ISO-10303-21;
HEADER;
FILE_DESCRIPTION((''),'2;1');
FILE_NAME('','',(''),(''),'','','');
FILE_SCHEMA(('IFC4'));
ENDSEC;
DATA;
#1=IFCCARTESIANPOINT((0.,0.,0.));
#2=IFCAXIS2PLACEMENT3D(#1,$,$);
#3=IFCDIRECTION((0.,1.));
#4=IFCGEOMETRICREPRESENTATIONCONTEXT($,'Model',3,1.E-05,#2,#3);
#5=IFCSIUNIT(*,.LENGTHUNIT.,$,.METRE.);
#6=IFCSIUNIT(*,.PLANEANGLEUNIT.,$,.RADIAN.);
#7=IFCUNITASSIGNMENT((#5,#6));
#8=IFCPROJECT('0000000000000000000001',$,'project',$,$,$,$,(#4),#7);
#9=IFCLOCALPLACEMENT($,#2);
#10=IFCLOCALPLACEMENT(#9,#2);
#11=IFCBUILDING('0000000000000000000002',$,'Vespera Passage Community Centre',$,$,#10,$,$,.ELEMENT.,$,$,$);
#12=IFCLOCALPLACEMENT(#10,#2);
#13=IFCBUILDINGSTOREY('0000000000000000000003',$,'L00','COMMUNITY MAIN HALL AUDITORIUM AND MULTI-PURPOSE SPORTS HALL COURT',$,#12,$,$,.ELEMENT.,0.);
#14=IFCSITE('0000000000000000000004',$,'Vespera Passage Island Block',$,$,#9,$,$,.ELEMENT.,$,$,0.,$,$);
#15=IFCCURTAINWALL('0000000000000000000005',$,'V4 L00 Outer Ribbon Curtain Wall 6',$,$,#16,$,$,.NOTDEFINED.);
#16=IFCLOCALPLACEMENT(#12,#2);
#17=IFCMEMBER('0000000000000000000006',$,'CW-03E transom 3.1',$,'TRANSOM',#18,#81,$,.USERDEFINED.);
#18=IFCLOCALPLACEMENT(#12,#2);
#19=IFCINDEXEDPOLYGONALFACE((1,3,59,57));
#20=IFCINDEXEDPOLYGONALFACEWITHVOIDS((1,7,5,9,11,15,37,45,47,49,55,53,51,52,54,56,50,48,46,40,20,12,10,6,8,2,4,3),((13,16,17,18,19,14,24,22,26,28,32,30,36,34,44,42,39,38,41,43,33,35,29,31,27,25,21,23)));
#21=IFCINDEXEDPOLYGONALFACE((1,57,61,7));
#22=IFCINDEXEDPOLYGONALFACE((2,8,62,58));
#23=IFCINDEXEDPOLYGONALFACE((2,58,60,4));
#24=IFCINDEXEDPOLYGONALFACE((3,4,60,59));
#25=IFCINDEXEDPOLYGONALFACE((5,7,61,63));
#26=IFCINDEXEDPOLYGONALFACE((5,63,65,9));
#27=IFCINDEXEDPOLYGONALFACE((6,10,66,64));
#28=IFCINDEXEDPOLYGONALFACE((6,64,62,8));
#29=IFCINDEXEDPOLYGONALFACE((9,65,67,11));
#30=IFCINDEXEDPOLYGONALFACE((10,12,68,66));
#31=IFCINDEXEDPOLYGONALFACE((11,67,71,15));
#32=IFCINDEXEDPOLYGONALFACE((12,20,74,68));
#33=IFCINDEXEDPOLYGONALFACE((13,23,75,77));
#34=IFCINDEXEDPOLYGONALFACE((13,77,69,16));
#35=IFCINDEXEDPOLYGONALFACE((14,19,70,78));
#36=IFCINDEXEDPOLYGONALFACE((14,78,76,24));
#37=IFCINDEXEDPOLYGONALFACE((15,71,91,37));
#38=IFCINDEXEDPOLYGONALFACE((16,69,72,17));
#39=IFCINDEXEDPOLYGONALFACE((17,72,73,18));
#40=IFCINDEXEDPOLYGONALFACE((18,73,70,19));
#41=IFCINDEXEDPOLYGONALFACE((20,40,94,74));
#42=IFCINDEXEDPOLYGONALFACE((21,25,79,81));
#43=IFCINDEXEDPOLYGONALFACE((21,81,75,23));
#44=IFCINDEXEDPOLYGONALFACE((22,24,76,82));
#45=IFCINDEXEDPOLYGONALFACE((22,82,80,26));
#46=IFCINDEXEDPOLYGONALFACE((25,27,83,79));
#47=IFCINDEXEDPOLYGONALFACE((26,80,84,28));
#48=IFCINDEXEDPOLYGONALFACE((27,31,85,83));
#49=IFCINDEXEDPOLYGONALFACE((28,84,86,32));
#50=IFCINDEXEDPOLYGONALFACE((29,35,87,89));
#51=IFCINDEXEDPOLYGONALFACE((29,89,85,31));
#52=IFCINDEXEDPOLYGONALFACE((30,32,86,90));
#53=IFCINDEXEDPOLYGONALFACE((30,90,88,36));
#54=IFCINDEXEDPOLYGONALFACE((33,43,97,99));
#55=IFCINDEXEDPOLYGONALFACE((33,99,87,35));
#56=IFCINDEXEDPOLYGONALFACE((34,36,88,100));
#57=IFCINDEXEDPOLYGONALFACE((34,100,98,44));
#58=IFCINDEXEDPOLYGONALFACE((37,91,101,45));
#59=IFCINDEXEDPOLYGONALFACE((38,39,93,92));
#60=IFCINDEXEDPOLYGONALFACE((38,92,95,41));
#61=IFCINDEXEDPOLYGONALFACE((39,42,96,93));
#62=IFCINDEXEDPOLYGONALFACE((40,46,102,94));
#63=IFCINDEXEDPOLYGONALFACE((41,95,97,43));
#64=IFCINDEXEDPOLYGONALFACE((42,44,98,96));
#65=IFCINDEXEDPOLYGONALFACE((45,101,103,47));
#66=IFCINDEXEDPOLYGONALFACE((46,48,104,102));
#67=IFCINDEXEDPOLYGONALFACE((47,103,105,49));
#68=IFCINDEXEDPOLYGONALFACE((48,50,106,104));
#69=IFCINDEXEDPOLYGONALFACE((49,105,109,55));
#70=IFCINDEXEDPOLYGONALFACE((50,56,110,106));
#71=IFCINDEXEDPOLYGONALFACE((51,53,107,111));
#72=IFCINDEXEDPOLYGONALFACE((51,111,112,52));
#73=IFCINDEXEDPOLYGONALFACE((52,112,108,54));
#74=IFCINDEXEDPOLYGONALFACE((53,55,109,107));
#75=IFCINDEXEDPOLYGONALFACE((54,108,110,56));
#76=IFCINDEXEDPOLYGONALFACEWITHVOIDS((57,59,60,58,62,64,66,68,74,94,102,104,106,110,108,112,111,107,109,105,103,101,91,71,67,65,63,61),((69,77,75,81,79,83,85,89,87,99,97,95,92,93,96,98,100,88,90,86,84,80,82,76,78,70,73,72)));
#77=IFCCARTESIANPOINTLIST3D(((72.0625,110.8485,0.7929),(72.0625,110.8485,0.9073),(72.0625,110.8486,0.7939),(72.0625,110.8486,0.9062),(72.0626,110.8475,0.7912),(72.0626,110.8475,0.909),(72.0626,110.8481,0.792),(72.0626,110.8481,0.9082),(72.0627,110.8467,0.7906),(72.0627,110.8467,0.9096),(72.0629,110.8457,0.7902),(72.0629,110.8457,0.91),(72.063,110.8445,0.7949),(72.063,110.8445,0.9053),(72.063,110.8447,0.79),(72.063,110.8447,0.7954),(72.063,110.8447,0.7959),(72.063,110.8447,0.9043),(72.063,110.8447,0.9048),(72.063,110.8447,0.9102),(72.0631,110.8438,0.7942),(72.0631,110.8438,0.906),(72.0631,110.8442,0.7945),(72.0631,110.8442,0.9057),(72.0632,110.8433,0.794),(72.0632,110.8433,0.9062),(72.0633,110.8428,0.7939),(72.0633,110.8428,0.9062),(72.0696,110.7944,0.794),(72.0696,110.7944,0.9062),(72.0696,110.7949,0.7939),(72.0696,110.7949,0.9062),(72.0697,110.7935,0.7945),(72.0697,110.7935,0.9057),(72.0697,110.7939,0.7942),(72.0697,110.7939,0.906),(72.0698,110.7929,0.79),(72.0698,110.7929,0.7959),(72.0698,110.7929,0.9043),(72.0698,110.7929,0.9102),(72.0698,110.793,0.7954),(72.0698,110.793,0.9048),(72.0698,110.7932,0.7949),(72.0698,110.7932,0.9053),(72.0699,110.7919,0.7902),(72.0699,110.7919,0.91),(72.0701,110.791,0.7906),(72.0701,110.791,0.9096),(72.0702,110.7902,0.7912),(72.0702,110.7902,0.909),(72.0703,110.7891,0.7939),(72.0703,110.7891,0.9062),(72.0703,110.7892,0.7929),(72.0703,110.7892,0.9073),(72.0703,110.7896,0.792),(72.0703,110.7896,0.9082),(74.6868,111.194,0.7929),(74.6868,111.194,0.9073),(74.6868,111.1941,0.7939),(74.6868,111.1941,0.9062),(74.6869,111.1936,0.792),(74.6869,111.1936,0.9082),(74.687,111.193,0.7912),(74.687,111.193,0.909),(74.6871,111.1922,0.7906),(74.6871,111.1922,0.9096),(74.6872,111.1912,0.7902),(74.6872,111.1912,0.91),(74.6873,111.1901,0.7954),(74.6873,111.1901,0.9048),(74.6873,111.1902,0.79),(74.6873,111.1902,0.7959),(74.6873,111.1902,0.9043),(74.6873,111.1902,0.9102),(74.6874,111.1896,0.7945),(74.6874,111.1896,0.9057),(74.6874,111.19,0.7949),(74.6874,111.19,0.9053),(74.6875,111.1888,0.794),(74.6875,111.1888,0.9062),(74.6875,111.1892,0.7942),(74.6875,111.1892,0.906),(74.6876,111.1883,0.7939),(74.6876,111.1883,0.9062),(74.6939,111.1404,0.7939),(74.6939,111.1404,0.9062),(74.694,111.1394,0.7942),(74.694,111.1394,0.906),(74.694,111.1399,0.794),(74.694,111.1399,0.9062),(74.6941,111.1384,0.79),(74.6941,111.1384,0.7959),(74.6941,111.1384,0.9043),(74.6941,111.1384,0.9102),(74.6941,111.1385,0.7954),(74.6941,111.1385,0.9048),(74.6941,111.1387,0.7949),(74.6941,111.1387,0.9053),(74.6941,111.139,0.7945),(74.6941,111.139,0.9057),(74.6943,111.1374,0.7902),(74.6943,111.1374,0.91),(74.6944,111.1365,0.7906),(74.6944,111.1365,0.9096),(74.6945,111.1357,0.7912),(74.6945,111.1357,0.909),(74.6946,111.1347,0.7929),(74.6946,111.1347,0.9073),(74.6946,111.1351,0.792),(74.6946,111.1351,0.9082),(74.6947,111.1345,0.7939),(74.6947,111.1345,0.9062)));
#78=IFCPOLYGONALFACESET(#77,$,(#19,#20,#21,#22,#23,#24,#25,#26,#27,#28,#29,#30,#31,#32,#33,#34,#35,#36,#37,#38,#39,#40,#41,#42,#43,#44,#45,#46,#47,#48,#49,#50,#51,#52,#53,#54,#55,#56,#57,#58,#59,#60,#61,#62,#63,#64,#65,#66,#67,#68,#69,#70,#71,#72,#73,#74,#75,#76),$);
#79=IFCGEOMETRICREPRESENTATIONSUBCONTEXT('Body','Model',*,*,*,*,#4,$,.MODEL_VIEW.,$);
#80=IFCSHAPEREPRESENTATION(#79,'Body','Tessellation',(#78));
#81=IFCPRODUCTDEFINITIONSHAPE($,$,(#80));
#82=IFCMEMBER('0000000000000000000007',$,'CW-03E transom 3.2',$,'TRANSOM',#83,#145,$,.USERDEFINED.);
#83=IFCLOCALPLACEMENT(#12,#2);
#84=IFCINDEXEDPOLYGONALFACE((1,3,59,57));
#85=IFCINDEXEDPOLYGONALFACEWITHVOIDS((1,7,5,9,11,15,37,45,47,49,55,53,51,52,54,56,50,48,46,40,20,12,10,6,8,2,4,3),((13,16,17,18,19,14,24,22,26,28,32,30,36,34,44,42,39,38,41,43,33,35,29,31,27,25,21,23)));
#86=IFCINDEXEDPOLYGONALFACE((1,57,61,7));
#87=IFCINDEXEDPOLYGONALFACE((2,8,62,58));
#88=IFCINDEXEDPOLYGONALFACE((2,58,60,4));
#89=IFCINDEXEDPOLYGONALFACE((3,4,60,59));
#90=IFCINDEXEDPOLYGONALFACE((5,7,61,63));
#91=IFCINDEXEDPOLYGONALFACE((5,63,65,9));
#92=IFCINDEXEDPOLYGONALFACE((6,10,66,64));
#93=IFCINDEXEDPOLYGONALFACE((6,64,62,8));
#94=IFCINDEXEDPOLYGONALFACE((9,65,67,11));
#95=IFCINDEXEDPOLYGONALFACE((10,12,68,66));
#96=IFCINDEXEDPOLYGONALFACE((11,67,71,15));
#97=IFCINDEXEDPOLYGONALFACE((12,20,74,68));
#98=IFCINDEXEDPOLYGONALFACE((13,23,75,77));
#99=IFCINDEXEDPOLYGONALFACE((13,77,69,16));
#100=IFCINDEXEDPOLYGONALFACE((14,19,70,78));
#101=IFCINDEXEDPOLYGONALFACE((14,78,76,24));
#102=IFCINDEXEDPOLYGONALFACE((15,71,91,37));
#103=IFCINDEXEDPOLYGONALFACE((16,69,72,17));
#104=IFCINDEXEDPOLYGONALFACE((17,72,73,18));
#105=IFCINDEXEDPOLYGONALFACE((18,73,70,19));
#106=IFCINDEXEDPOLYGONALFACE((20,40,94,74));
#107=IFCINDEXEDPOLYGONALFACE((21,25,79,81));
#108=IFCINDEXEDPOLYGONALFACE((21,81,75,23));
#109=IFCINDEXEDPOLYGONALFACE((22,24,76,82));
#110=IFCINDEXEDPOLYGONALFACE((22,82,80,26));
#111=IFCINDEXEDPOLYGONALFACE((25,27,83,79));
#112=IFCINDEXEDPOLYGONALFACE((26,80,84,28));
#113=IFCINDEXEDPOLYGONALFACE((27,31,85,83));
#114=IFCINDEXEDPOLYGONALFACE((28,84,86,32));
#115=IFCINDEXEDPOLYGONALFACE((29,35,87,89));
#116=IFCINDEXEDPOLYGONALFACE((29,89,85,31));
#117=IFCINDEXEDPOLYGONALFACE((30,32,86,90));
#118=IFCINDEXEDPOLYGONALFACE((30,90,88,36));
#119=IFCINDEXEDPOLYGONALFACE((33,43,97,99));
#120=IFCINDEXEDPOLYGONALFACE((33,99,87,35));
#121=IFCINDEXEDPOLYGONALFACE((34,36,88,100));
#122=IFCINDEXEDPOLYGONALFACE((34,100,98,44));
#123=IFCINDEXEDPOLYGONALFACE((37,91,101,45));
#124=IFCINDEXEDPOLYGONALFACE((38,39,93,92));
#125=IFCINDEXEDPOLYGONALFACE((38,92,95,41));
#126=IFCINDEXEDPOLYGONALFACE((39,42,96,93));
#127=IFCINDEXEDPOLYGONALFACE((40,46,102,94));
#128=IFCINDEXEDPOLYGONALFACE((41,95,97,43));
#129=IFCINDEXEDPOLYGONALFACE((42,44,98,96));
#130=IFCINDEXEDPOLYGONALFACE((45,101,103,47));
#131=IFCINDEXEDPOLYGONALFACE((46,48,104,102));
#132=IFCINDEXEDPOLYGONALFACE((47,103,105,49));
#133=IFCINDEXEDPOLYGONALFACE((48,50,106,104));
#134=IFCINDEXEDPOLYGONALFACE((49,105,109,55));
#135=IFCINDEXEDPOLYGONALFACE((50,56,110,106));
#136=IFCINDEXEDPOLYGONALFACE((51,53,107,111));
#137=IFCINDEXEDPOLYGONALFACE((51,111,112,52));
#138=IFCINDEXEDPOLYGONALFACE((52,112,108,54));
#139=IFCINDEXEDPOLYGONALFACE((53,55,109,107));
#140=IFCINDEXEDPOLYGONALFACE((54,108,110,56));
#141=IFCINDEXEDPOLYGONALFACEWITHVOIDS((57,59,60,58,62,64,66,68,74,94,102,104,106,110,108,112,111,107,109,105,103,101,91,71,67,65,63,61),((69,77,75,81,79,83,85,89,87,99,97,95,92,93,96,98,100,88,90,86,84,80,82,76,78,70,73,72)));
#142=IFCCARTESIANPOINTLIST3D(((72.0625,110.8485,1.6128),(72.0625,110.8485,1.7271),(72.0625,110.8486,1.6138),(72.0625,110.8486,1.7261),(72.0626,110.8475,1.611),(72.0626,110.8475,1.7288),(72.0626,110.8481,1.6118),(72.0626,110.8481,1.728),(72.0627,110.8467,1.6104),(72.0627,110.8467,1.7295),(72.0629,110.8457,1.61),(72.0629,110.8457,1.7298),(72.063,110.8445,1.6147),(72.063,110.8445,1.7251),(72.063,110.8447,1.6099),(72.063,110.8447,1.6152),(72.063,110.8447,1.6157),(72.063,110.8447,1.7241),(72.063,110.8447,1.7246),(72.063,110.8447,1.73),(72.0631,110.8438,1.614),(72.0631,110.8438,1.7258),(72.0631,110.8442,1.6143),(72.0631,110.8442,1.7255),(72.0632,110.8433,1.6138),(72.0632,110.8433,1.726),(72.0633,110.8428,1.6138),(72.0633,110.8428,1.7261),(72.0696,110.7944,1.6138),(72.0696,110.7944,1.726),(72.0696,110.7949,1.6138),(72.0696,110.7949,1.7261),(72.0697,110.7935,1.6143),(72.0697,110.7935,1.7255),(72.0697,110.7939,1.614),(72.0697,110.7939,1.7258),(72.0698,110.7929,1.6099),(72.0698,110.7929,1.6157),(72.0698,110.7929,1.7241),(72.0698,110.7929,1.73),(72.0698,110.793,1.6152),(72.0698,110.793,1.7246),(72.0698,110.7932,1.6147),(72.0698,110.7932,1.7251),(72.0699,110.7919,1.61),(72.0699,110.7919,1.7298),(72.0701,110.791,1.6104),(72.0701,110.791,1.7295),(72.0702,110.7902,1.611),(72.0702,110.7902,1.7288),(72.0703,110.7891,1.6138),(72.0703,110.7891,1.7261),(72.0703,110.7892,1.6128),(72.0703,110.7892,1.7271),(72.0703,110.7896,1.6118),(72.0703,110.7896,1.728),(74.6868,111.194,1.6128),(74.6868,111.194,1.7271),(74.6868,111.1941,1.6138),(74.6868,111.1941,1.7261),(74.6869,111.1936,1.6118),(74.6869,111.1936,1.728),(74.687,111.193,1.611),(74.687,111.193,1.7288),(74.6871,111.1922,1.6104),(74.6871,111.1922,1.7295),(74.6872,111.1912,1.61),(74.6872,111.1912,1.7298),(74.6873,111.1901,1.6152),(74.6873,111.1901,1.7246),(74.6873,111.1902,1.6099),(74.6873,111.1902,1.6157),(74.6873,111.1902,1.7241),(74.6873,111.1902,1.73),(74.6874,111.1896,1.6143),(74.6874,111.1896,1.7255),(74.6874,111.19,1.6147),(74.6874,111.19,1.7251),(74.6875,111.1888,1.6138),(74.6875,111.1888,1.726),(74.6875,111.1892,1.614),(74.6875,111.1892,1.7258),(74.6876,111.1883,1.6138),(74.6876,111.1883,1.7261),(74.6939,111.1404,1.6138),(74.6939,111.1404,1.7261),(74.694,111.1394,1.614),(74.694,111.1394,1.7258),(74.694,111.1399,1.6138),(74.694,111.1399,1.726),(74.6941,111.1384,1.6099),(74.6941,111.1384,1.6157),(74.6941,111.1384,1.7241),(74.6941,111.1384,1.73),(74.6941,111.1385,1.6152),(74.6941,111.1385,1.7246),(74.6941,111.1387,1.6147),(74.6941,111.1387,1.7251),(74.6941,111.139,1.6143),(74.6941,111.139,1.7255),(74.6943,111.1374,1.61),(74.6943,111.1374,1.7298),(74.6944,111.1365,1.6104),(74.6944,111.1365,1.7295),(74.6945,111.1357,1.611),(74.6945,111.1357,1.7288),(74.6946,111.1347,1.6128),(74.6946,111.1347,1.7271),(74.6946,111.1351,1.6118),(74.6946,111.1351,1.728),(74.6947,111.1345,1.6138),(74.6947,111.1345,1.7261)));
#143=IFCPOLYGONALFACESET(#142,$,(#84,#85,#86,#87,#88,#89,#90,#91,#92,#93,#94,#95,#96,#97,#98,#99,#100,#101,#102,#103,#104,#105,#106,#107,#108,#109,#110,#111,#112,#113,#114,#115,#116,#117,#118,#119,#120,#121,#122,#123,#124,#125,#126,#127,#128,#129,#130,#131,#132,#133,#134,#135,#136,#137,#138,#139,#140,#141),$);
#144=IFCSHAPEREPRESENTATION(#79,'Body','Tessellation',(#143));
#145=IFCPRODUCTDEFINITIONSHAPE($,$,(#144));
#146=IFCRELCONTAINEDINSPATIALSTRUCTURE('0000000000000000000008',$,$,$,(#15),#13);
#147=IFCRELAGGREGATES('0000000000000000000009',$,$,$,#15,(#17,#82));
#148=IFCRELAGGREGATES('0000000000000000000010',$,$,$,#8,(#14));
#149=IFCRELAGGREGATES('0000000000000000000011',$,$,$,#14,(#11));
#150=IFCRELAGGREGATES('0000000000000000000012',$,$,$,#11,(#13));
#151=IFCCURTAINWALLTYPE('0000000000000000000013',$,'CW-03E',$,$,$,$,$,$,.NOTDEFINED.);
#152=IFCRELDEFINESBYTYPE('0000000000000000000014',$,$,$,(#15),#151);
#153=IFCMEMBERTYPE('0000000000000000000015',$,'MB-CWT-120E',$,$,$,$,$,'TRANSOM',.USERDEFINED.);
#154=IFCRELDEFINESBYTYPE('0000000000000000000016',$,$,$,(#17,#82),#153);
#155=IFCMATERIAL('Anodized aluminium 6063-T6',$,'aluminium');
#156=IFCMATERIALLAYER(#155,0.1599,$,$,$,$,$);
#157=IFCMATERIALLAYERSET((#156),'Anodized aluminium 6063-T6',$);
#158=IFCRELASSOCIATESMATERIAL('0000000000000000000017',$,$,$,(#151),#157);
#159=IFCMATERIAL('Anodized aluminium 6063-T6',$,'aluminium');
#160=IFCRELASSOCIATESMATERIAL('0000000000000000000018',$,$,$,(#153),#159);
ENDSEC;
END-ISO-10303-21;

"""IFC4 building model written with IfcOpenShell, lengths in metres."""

from ifc_helpers import new_model, si_unit, direction, frame, origin, origin_2d, place, context, subcontext, project, spatial, hollow_rectangle, extrude, material, layer, layer_set, material_profile, profile_set, type_object, element, aggregate, save


model = new_model("IFC4")

# Units and contexts
model_context = context("Model", 3, precision=1e-05, world=origin(), true_north=direction((0.0, 1.0)))
body_context = subcontext(model_context, "Body", "Model", "MODEL_VIEW")
ifc_project = project(units=[si_unit("LENGTHUNIT", "METRE"), si_unit("PLANEANGLEUNIT", "RADIAN")], contexts=[model_context])

# Site, building, storey
site_placement = place(None, origin())
site = spatial("IfcSite", under=ifc_project, at=site_placement, Name="Vespera Passage Island Block", CompositionType="ELEMENT", RefElevation=0.0)
building_placement = place(site_placement, origin())
building = spatial("IfcBuilding", under=site, at=building_placement, Name="Vespera Passage Community Centre", CompositionType="ELEMENT")
storey_placement = place(building_placement, origin())
storey = spatial("IfcBuildingStorey", under=building, at=storey_placement, Name="L00", Description="COMMUNITY MAIN HALL AUDITORIUM AND MULTI-PURPOSE SPORTS HALL COURT", CompositionType="ELEMENT", Elevation=0.0)

# Curtain wall
ifc_material_1 = material(Name="Anodized aluminium 6063-T6", Category="aluminium")
ifc_layer_1 = layer(ifc_material_1, 0.1599)
ifc_layer_set_1 = layer_set([ifc_layer_1], Name="Anodized aluminium 6063-T6")
curtain_wall_type_1 = type_object("IfcCurtainWallType", Name="CW-03E", PredefinedType="NOTDEFINED", material=ifc_layer_set_1)
curtain_wall_1_placement = place(storey_placement, origin())
curtain_wall_1 = element("IfcCurtainWall", 1, at=curtain_wall_1_placement, inside=storey, type_object=curtain_wall_type_1, Name="V4 L00 Outer Ribbon Curtain Wall 6", PredefinedType="NOTDEFINED")

# Members
ifc_material_2 = material(Name="Anodized aluminium 6063-T6", Category="aluminium")
ifc_material_profile_1 = material_profile(ifc_material_2, hollow_rectangle(XDim=0.0601, YDim=0.1201, WallThickness=0.0039, InnerFilletRadius=0.002, OuterFilletRadius=0.0039, at=origin_2d()), Name="ALU120X60X4")
ifc_profile_set_1 = profile_set([ifc_material_profile_1], Name="Anodized aluminium 6063-T6")
member_type_1 = type_object("IfcMemberType", Name="MB-CWT-120E", ElementType="TRANSOM", PredefinedType="USERDEFINED", material=ifc_profile_set_1)
member_1_placement = place(storey_placement, frame((72.0664, 110.8188, 0.8501), z_axis=(0.991446, 0.130514, 0.0), x_axis=(-0.130514, 0.991446, 0.0)))
member_1 = element("IfcMember", 2, at=member_1_placement, type_object=member_type_1, Name="CW-03E transom 3.1", ObjectType="TRANSOM", PredefinedType="USERDEFINED", context=body_context, shape_type="SweptSolid", body=[
    extrude(hollow_rectangle(XDim=0.0601, YDim=0.1201, WallThickness=0.0039, InnerFilletRadius=0.002, OuterFilletRadius=0.0039, at=origin_2d()), origin(), (0.0, 0.0, 1.0), 2.647),
])
member_2_placement = place(storey_placement, frame((72.0664, 110.8188, 1.6699), z_axis=(0.991446, 0.130514, 0.0), x_axis=(-0.130514, 0.991446, 0.0)))
member_2 = element("IfcMember", 3, at=member_2_placement, type_object=member_type_1, Name="CW-03E transom 3.2", ObjectType="TRANSOM", PredefinedType="USERDEFINED", context=body_context, shape_type="SweptSolid", body=[
    extrude(hollow_rectangle(XDim=0.0601, YDim=0.1201, WallThickness=0.0039, InnerFilletRadius=0.002, OuterFilletRadius=0.0039, at=origin_2d()), origin(), (0.0, 0.0, 1.0), 2.647),
])

aggregate(curtain_wall_1, [member_1, member_2])

save(model, "model.ifc")
